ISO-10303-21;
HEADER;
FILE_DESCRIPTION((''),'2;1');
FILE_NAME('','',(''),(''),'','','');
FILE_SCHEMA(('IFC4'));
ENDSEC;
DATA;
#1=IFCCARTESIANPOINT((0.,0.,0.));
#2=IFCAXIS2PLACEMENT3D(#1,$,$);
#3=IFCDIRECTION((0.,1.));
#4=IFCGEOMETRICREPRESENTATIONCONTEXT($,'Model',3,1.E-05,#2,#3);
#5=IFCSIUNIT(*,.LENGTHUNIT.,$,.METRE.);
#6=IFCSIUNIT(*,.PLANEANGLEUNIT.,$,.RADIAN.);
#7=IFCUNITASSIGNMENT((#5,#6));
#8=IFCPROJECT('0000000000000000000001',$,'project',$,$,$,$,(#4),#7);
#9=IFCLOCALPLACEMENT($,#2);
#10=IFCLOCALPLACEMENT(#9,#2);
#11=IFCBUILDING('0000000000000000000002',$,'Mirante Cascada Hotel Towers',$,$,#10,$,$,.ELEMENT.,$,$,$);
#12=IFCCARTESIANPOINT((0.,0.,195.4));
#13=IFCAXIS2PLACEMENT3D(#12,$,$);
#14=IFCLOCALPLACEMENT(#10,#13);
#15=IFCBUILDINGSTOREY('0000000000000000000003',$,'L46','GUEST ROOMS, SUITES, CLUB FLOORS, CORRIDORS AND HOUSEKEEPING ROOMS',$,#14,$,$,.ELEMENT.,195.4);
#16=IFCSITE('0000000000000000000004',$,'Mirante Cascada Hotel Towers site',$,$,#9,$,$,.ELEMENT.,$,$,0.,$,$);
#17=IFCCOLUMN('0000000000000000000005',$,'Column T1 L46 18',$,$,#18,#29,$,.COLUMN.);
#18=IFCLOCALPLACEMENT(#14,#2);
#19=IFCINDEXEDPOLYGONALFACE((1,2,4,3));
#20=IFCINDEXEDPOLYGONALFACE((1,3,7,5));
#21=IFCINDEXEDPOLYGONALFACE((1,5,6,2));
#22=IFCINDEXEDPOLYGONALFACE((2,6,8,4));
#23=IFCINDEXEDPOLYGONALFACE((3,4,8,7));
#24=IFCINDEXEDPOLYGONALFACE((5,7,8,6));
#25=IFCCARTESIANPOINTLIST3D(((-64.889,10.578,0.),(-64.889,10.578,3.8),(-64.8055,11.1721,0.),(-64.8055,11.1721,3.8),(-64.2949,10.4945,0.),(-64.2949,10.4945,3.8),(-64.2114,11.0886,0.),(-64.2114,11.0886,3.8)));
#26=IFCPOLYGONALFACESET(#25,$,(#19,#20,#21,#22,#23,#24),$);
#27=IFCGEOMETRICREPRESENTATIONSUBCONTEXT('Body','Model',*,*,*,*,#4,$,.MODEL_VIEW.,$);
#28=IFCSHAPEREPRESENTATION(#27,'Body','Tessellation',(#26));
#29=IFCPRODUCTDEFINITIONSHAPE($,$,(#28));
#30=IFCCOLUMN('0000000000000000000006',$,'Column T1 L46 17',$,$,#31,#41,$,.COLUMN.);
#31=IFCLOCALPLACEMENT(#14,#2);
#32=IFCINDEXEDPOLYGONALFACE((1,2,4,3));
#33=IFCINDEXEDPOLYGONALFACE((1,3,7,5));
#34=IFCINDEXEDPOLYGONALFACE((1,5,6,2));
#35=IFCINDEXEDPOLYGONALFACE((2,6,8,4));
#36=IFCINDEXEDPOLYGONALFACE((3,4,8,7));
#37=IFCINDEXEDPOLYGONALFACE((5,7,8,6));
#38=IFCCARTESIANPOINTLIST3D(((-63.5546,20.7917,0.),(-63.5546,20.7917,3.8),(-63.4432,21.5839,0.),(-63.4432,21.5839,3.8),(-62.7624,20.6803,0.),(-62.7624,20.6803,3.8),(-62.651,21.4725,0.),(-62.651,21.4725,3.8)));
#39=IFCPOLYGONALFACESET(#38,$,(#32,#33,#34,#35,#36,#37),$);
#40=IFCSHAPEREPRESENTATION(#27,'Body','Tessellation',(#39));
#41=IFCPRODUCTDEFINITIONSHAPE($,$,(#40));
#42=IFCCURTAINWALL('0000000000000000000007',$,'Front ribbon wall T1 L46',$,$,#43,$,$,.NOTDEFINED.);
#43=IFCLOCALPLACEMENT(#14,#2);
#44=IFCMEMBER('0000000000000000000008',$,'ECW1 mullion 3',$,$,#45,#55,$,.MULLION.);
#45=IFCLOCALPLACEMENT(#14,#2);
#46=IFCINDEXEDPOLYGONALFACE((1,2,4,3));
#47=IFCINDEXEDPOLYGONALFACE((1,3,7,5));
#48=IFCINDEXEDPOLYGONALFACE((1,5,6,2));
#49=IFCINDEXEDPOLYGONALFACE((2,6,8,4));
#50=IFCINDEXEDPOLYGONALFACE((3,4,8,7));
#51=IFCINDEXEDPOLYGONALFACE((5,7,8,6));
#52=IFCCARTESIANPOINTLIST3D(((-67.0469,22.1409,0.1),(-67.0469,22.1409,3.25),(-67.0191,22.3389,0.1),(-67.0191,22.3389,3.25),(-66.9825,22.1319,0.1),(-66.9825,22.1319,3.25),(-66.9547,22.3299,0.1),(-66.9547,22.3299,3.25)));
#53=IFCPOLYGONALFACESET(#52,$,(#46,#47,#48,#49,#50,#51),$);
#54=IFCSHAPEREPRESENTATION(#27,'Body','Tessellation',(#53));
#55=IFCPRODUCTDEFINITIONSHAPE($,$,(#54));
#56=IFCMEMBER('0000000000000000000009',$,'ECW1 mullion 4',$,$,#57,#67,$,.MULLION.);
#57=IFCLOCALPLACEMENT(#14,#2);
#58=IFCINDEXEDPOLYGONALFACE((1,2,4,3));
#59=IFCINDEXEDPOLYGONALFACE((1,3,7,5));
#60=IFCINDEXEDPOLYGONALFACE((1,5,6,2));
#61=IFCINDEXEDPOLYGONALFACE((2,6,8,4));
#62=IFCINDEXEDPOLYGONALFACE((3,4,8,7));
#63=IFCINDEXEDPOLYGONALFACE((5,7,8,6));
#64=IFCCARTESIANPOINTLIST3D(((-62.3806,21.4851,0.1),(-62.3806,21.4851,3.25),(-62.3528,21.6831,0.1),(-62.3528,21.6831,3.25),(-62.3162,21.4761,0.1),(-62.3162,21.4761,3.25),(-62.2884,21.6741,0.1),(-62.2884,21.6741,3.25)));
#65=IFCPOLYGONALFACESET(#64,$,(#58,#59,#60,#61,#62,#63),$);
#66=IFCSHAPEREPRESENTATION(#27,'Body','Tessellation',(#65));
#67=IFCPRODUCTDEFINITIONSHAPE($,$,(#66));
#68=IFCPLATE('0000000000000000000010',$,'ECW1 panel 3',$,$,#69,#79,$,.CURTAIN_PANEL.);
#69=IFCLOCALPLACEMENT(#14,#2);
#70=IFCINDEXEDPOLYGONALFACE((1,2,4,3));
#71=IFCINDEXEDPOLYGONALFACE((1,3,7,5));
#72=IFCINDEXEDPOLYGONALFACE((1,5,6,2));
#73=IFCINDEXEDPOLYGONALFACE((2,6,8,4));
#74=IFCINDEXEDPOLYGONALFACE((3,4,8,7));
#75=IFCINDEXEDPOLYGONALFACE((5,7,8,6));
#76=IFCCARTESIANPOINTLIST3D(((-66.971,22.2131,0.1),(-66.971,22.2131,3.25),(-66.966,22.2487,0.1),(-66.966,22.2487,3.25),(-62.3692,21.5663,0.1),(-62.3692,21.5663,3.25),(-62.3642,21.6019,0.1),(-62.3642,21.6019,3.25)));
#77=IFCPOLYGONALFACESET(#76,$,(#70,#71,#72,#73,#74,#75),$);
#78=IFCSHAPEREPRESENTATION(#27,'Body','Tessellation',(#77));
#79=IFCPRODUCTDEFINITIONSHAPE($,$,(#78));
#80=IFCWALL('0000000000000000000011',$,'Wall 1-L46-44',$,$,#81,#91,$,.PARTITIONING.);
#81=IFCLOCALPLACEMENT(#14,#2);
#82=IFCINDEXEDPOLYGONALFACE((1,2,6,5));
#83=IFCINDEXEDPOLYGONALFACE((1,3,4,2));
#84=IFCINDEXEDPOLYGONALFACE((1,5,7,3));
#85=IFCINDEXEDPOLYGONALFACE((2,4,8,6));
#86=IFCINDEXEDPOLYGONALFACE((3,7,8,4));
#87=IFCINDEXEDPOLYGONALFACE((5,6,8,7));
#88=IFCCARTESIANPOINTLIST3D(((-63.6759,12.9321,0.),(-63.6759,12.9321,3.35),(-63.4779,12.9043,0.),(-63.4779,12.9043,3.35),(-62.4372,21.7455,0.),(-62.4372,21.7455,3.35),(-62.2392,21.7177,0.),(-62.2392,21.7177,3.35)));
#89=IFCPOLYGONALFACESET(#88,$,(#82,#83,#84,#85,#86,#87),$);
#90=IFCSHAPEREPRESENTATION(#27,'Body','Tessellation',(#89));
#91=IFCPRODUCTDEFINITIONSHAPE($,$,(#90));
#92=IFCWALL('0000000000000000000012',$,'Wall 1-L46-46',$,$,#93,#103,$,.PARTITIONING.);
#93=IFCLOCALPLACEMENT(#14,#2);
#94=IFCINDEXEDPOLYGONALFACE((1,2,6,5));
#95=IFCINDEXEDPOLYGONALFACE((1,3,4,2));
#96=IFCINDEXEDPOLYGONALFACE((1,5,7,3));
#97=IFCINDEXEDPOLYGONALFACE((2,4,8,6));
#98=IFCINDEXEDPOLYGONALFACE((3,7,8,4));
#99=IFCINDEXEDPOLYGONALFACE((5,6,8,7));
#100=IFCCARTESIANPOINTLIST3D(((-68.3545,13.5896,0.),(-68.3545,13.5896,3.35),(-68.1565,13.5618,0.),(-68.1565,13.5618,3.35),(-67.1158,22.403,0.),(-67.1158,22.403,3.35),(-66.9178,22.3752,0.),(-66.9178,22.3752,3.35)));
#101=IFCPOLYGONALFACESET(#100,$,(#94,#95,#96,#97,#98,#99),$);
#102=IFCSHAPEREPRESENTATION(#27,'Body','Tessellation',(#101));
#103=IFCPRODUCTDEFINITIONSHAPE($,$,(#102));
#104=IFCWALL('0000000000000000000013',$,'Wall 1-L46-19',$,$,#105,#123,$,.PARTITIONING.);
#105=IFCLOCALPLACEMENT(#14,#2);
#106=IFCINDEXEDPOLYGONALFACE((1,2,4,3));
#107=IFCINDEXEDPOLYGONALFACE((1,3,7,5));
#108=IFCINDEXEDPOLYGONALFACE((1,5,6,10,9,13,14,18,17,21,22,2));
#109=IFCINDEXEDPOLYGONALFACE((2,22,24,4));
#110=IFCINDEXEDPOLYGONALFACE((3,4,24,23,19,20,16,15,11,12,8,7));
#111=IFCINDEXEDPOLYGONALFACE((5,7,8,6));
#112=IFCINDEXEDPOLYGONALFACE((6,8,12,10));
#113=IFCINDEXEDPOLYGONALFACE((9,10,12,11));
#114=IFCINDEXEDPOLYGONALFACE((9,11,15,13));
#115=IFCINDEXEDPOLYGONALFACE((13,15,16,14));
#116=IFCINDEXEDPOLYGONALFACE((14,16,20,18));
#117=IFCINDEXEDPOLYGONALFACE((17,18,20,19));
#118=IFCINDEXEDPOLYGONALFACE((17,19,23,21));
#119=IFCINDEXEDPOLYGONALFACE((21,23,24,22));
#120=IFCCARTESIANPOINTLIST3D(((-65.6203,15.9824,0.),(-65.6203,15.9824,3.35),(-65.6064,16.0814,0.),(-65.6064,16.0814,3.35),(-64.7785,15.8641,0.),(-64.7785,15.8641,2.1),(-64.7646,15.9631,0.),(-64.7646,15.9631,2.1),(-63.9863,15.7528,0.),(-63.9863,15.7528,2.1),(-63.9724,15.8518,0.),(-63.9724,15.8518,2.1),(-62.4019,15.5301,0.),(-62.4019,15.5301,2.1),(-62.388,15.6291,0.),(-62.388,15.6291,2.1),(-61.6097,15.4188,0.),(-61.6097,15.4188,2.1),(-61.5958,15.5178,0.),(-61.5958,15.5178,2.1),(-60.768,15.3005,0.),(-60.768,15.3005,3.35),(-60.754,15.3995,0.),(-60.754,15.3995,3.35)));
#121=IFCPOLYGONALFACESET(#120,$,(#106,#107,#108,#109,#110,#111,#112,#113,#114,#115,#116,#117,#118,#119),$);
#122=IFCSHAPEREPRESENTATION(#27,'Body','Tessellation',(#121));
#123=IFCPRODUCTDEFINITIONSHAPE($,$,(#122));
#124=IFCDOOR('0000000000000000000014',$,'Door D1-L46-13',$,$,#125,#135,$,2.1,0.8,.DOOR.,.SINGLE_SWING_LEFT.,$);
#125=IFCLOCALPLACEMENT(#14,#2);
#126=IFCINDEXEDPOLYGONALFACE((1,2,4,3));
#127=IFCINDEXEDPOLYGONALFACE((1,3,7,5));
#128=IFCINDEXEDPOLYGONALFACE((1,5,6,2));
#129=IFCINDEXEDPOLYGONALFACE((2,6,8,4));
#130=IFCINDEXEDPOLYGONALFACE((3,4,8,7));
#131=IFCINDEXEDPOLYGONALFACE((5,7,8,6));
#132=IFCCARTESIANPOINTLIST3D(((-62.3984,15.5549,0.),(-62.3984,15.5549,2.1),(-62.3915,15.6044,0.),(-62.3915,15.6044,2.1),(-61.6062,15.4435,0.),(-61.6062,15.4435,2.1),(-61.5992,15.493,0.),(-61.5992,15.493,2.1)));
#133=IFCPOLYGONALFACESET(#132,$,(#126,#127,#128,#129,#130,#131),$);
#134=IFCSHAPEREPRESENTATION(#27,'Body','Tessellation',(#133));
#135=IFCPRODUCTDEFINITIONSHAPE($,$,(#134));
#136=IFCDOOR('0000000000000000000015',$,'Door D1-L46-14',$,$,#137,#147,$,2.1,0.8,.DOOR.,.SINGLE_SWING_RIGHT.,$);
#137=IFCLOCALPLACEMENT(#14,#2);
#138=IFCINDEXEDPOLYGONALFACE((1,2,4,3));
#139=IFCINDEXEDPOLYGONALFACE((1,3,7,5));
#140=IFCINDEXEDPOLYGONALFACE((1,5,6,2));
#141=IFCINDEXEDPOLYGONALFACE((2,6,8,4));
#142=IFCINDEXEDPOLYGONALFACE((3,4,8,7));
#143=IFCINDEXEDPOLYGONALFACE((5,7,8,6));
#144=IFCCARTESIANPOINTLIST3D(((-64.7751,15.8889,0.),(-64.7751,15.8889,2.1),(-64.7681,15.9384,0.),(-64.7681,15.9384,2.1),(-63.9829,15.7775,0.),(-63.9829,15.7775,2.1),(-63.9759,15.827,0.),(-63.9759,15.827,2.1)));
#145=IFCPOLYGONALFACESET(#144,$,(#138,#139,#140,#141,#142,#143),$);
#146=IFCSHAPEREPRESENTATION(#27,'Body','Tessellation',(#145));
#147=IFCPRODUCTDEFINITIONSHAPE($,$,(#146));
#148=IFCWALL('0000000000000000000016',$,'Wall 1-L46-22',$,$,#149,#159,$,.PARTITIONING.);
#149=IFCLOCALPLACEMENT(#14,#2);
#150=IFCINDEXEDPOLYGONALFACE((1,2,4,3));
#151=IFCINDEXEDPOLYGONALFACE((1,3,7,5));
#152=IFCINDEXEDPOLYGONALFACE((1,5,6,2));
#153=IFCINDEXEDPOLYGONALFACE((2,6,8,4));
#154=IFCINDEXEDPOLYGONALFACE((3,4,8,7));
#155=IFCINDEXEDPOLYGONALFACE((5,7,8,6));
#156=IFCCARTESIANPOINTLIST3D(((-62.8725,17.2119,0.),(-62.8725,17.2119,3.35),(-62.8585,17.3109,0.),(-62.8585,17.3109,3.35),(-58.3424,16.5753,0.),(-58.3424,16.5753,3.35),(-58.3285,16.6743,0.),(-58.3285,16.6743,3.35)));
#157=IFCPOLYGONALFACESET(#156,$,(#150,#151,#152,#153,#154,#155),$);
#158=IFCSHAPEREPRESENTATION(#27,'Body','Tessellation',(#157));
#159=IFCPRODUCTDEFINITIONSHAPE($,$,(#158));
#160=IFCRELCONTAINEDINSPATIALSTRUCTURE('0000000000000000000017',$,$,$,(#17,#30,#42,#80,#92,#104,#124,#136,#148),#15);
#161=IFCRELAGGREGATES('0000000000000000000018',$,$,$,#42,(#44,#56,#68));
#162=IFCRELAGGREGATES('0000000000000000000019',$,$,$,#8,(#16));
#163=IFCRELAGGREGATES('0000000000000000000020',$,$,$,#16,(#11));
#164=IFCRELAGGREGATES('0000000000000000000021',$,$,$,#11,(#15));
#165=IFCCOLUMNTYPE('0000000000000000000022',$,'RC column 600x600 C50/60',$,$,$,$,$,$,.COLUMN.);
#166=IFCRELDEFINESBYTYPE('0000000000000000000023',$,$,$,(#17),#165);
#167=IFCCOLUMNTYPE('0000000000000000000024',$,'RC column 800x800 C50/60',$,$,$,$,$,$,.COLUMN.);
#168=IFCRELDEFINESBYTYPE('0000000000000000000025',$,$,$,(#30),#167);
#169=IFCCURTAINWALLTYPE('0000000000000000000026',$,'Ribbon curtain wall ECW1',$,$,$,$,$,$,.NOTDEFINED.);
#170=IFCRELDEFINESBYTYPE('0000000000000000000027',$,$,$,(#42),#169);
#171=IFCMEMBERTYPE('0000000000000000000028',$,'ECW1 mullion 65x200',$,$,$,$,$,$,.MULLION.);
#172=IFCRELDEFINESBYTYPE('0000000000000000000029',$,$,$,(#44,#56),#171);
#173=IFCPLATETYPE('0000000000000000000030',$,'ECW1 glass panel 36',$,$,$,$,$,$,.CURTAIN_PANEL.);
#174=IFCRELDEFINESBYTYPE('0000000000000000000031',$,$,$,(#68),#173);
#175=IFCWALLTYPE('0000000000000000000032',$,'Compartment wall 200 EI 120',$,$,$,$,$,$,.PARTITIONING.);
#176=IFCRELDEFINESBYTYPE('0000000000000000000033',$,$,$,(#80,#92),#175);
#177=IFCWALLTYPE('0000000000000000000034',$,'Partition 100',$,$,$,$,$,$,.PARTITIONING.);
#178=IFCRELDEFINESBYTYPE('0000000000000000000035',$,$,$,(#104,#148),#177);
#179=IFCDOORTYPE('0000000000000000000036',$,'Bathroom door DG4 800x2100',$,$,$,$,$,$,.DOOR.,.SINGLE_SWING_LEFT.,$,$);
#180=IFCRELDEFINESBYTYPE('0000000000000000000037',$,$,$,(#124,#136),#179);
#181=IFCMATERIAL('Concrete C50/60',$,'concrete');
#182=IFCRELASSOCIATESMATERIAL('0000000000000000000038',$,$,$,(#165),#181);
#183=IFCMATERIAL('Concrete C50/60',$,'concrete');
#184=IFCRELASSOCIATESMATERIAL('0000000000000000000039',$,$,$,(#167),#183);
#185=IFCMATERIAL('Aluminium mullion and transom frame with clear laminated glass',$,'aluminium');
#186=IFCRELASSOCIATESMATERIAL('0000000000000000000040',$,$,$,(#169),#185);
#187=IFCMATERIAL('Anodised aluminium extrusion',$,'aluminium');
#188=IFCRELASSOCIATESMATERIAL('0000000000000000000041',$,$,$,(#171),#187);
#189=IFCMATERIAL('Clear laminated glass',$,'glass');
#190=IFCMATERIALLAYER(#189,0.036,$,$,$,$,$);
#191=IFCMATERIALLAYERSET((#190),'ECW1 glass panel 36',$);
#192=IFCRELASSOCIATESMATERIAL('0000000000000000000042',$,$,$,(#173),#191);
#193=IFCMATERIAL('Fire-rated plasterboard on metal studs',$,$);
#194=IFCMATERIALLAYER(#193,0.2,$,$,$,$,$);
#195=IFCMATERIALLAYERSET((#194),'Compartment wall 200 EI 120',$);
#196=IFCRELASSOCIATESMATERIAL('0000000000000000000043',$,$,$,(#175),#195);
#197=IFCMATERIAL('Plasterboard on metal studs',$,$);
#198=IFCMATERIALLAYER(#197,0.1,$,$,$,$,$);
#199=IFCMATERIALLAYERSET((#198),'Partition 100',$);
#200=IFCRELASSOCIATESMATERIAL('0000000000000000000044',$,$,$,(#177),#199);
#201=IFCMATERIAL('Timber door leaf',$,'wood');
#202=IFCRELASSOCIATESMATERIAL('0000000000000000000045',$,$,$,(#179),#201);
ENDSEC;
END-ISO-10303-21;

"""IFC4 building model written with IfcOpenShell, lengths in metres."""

from ifc_helpers import new_model, si_unit, direction, frame, frame_2d, origin, origin_2d, place, context, subcontext, project, spatial, rectangle, extrude, material, layer, layer_set, material_profile, profile_set, type_object, element, fill, aggregate, save


model = new_model("IFC4")

# Units and contexts
model_context = context("Model", 3, precision=1e-05, world=origin(), true_north=direction((0.0, 1.0)))
body_context = subcontext(model_context, "Body", "Model", "MODEL_VIEW")
ifc_project = project(units=[si_unit("LENGTHUNIT", "METRE"), si_unit("PLANEANGLEUNIT", "RADIAN")], contexts=[model_context])

# Site, building, storey
site_placement = place(None, origin())
site = spatial("IfcSite", under=ifc_project, at=site_placement, Name="Mirante Cascada Hotel Towers site", CompositionType="ELEMENT", RefElevation=0.0)
building_placement = place(site_placement, origin())
building = spatial("IfcBuilding", under=site, at=building_placement, Name="Mirante Cascada Hotel Towers", CompositionType="ELEMENT")
storey_placement = place(building_placement, frame((0.0, 0.0, 195.4)))
storey = spatial("IfcBuildingStorey", under=building, at=storey_placement, Name="L46", Description="GUEST ROOMS, SUITES, CLUB FLOORS, CORRIDORS AND HOUSEKEEPING ROOMS", CompositionType="ELEMENT", Elevation=195.4)

# Columns
ifc_material_1 = material(Name="Concrete C50/60", Category="concrete")
ifc_material_profile_1 = material_profile(ifc_material_1, rectangle(XDim=0.6, YDim=0.6, at=origin_2d()), Name="RC column 600x600 C50/60")
ifc_profile_set_1 = profile_set([ifc_material_profile_1], Name="Concrete C50/60")
column_type_1 = type_object("IfcColumnType", Name="RC column 600x600 C50/60", PredefinedType="COLUMN", material=ifc_profile_set_1)
column_1_placement = place(storey_placement, frame((-64.5502, 10.8333, 0.0), z_axis=(0.0, 0.0, 1.0), x_axis=(-0.990268, 0.139173, 0.0)))
element("IfcColumn", 1, at=column_1_placement, inside=storey, type_object=column_type_1, Name="Column T1 L46 18", PredefinedType="COLUMN", context=body_context, shape_type="SweptSolid", body=[
    extrude(rectangle(XDim=0.6, YDim=0.6, at=origin_2d()), origin(), (0.0, 0.0, 1.0), 3.8),
])
ifc_material_2 = material(Name="Concrete C50/60", Category="concrete")
ifc_material_profile_2 = material_profile(ifc_material_2, rectangle(XDim=0.8, YDim=0.8, at=origin_2d()), Name="RC column 800x800 C50/60")
ifc_profile_set_2 = profile_set([ifc_material_profile_2], Name="Concrete C50/60")
column_type_2 = type_object("IfcColumnType", Name="RC column 800x800 C50/60", PredefinedType="COLUMN", material=ifc_profile_set_2)
column_2_placement = place(storey_placement, frame((-63.1028, 21.1321, 0.0), z_axis=(0.0, 0.0, 1.0), x_axis=(-0.990268, 0.139173, 0.0)))
element("IfcColumn", 2, at=column_2_placement, inside=storey, type_object=column_type_2, Name="Column T1 L46 17", PredefinedType="COLUMN", context=body_context, shape_type="SweptSolid", body=[
    extrude(rectangle(XDim=0.8, YDim=0.8, at=origin_2d()), origin(), (0.0, 0.0, 1.0), 3.8),
])

# Curtain wall, members, plate
ifc_material_3 = material(Name="Aluminium mullion and transom frame with clear laminated glass", Category="aluminium")
curtain_wall_type = type_object("IfcCurtainWallType", Name="Ribbon curtain wall ECW1", PredefinedType="NOTDEFINED", material=ifc_material_3)
curtain_wall_placement = place(storey_placement, origin())
curtain_wall = element("IfcCurtainWall", 3, at=curtain_wall_placement, inside=storey, type_object=curtain_wall_type, Name="Front ribbon wall T1 L46", PredefinedType="NOTDEFINED")
ifc_material_4 = material(Name="Anodised aluminium extrusion", Category="aluminium")
ifc_material_profile_3 = material_profile(ifc_material_4, rectangle(XDim=0.2, YDim=0.065, at=origin_2d()), Name="ECW1 MULLION 65x200")
ifc_profile_set_3 = profile_set([ifc_material_profile_3], Name="Anodised aluminium extrusion")
member_type = type_object("IfcMemberType", Name="ECW1 mullion 65x200", PredefinedType="MULLION", material=ifc_profile_set_3)
member_1_placement = place(storey_placement, frame((-67.0008, 22.2354, 0.1), z_axis=(0.0, 0.0, 1.0), x_axis=(0.139173, 0.990268, 0.0)))
member_1 = element("IfcMember", 4, at=member_1_placement, type_object=member_type, Name="ECW1 mullion 3", PredefinedType="MULLION", context=body_context, shape_type="SweptSolid", body=[
    extrude(rectangle(XDim=0.2, YDim=0.065, at=origin_2d()), origin(), (0.0, 0.0, 1.0), 3.15),
])
member_2_placement = place(storey_placement, frame((-62.3345, 21.5796, 0.1), z_axis=(0.0, 0.0, 1.0), x_axis=(0.139173, 0.990268, 0.0)))
member_2 = element("IfcMember", 5, at=member_2_placement, type_object=member_type, Name="ECW1 mullion 4", PredefinedType="MULLION", context=body_context, shape_type="SweptSolid", body=[
    extrude(rectangle(XDim=0.2, YDim=0.065, at=origin_2d()), origin(), (0.0, 0.0, 1.0), 3.15),
])
ifc_material_5 = material(Name="Clear laminated glass", Category="glass")
ifc_layer_1 = layer(ifc_material_5, 0.036)
ifc_layer_set_1 = layer_set([ifc_layer_1], Name="ECW1 glass panel 36")
plate_type = type_object("IfcPlateType", Name="ECW1 glass panel 36", PredefinedType="CURTAIN_PANEL", material=ifc_layer_set_1)
plate_placement = place(storey_placement, frame((-64.6676, 21.9075, 0.1), z_axis=(0.0, 0.0, 1.0), x_axis=(0.990268, -0.139173, 0.0)))
plate = element("IfcPlate", 6, at=plate_placement, type_object=plate_type, Name="ECW1 panel 3", PredefinedType="CURTAIN_PANEL", context=body_context, shape_type="SweptSolid", body=[
    extrude(rectangle(XDim=4.6471, YDim=0.036, at=origin_2d()), origin(), (0.0, 0.0, 1.0), 3.15),
])
aggregate(curtain_wall, [member_1, member_2, plate])

# Walls
ifc_material_6 = material(Name="Fire-rated plasterboard on metal studs")
ifc_layer_2 = layer(ifc_material_6, 0.2)
ifc_layer_set_2 = layer_set([ifc_layer_2], Name="Compartment wall 200 EI 120")
wall_type_1 = type_object("IfcWallType", Name="Compartment wall 200 EI 120", PredefinedType="PARTITIONING", material=ifc_layer_set_2)
for number, where, z_axis, x_axis, name in (
    (7, (-62.3382, 21.7316, 0.0), (0.0, 0.0, 1.0), (-0.139179, -0.990267, 0.0), "Wall 1-L46-44"),
    (8, (-67.0168, 22.3891, 0.0), (0.0, 0.0, 1.0), (-0.139179, -0.990267, 0.0), "Wall 1-L46-46"),
):
    element("IfcWall", number, at=place(storey_placement, frame(where, z_axis=z_axis, x_axis=x_axis)), inside=storey, type_object=wall_type_1, Name=name, PredefinedType="PARTITIONING", context=body_context, shape_type="SweptSolid", body=[
        extrude(rectangle(XDim=8.9, YDim=0.2, at=frame_2d((4.45, 0.0))), origin(), (0.0, 0.0, 1.0), 3.35),
    ])

# Wall, openings, doors
ifc_material_7 = material(Name="Plasterboard on metal studs")
ifc_layer_3 = layer(ifc_material_7, 0.1)
ifc_layer_set_3 = layer_set([ifc_layer_3], Name="Partition 100")
wall_type_2 = type_object("IfcWallType", Name="Partition 100", PredefinedType="PARTITIONING", material=ifc_layer_set_3)
wall_1_placement = place(storey_placement, frame((-60.761, 15.35, 0.0), z_axis=(0.0, 0.0, 1.0), x_axis=(-0.990269, 0.139164, 0.0)))
wall_1 = element("IfcWall", 9, at=wall_1_placement, inside=storey, type_object=wall_type_2, Name="Wall 1-L46-19", PredefinedType="PARTITIONING", context=body_context, shape_type="SweptSolid", body=[
    extrude(rectangle(XDim=4.9, YDim=0.1, at=frame_2d((2.45, 0.0))), origin(), (0.0, 0.0, 1.0), 3.35),
])
opening_1_placement = place(wall_1_placement, frame((0.85, 0.0, 0.0)))
opening_1 = element("IfcOpeningElement", 10, at=opening_1_placement, cuts=wall_1, PredefinedType="OPENING", context=body_context, shape_type="SweptSolid", body=[
    extrude(rectangle(XDim=0.8, YDim=2.1, at=frame_2d((0.4, 1.05))), frame((0.0, 0.05, 0.0), z_axis=(0.0, -1.0, 0.0), x_axis=(1.0, 0.0, 0.0)), (0.0, 0.0, 1.0), 0.1),
])
opening_2_placement = place(wall_1_placement, frame((3.25, 0.0, 0.0)))
opening_2 = element("IfcOpeningElement", 11, at=opening_2_placement, cuts=wall_1, PredefinedType="OPENING", context=body_context, shape_type="SweptSolid", body=[
    extrude(rectangle(XDim=0.8, YDim=2.1, at=frame_2d((0.4, 1.05))), frame((0.0, 0.05, 0.0), z_axis=(0.0, -1.0, 0.0), x_axis=(1.0, 0.0, 0.0)), (0.0, 0.0, 1.0), 0.1),
])
ifc_material_8 = material(Name="Timber door leaf", Category="wood")
door_type = type_object("IfcDoorType", Name="Bathroom door DG4 800x2100", OperationType="SINGLE_SWING_LEFT", PredefinedType="DOOR", material=ifc_material_8)
door_1_placement = place(opening_1_placement, origin())
door_1 = element("IfcDoor", 12, at=door_1_placement, inside=storey, type_object=door_type, Name="Door D1-L46-13", OperationType="SINGLE_SWING_LEFT", OverallHeight=2.1, OverallWidth=0.8, PredefinedType="DOOR", context=body_context, shape_type="SweptSolid", body=[
    extrude(rectangle(XDim=0.8, YDim=2.1, at=frame_2d((0.4, 1.05))), frame((0.0, 0.025, 0.0), z_axis=(0.0, -1.0, 0.0), x_axis=(1.0, 0.0, 0.0)), (0.0, 0.0, 1.0), 0.05),
])
fill(opening_1, door_1)
door_2_placement = place(opening_2_placement, frame((0.8, 0.0, 0.0), z_axis=(0.0, 0.0, 1.0), x_axis=(-1.0, 0.0, 0.0)))
door_2 = element("IfcDoor", 13, at=door_2_placement, inside=storey, type_object=door_type, Name="Door D1-L46-14", OperationType="SINGLE_SWING_RIGHT", OverallHeight=2.1, OverallWidth=0.8, PredefinedType="DOOR", context=body_context, shape_type="SweptSolid", body=[
    extrude(rectangle(XDim=0.8, YDim=2.1, at=frame_2d((0.4, 1.05))), frame((0.0, 0.025, 0.0), z_axis=(0.0, -1.0, 0.0), x_axis=(1.0, 0.0, 0.0)), (0.0, 0.0, 1.0), 0.05),
])
fill(opening_2, door_2)

# Wall
wall_2_placement = place(storey_placement, frame((-62.8655, 17.2614, 0.0), z_axis=(0.0, 0.0, 1.0), x_axis=(0.99027, -0.139159, 0.0)))
element("IfcWall", 14, at=wall_2_placement, inside=storey, type_object=wall_type_2, Name="Wall 1-L46-22", PredefinedType="PARTITIONING", context=body_context, shape_type="SweptSolid", body=[
    extrude(rectangle(XDim=4.5746, YDim=0.1, at=frame_2d((2.2873, 0.0))), origin(), (0.0, 0.0, 1.0), 3.35),
])

save(model, "model.ifc")
